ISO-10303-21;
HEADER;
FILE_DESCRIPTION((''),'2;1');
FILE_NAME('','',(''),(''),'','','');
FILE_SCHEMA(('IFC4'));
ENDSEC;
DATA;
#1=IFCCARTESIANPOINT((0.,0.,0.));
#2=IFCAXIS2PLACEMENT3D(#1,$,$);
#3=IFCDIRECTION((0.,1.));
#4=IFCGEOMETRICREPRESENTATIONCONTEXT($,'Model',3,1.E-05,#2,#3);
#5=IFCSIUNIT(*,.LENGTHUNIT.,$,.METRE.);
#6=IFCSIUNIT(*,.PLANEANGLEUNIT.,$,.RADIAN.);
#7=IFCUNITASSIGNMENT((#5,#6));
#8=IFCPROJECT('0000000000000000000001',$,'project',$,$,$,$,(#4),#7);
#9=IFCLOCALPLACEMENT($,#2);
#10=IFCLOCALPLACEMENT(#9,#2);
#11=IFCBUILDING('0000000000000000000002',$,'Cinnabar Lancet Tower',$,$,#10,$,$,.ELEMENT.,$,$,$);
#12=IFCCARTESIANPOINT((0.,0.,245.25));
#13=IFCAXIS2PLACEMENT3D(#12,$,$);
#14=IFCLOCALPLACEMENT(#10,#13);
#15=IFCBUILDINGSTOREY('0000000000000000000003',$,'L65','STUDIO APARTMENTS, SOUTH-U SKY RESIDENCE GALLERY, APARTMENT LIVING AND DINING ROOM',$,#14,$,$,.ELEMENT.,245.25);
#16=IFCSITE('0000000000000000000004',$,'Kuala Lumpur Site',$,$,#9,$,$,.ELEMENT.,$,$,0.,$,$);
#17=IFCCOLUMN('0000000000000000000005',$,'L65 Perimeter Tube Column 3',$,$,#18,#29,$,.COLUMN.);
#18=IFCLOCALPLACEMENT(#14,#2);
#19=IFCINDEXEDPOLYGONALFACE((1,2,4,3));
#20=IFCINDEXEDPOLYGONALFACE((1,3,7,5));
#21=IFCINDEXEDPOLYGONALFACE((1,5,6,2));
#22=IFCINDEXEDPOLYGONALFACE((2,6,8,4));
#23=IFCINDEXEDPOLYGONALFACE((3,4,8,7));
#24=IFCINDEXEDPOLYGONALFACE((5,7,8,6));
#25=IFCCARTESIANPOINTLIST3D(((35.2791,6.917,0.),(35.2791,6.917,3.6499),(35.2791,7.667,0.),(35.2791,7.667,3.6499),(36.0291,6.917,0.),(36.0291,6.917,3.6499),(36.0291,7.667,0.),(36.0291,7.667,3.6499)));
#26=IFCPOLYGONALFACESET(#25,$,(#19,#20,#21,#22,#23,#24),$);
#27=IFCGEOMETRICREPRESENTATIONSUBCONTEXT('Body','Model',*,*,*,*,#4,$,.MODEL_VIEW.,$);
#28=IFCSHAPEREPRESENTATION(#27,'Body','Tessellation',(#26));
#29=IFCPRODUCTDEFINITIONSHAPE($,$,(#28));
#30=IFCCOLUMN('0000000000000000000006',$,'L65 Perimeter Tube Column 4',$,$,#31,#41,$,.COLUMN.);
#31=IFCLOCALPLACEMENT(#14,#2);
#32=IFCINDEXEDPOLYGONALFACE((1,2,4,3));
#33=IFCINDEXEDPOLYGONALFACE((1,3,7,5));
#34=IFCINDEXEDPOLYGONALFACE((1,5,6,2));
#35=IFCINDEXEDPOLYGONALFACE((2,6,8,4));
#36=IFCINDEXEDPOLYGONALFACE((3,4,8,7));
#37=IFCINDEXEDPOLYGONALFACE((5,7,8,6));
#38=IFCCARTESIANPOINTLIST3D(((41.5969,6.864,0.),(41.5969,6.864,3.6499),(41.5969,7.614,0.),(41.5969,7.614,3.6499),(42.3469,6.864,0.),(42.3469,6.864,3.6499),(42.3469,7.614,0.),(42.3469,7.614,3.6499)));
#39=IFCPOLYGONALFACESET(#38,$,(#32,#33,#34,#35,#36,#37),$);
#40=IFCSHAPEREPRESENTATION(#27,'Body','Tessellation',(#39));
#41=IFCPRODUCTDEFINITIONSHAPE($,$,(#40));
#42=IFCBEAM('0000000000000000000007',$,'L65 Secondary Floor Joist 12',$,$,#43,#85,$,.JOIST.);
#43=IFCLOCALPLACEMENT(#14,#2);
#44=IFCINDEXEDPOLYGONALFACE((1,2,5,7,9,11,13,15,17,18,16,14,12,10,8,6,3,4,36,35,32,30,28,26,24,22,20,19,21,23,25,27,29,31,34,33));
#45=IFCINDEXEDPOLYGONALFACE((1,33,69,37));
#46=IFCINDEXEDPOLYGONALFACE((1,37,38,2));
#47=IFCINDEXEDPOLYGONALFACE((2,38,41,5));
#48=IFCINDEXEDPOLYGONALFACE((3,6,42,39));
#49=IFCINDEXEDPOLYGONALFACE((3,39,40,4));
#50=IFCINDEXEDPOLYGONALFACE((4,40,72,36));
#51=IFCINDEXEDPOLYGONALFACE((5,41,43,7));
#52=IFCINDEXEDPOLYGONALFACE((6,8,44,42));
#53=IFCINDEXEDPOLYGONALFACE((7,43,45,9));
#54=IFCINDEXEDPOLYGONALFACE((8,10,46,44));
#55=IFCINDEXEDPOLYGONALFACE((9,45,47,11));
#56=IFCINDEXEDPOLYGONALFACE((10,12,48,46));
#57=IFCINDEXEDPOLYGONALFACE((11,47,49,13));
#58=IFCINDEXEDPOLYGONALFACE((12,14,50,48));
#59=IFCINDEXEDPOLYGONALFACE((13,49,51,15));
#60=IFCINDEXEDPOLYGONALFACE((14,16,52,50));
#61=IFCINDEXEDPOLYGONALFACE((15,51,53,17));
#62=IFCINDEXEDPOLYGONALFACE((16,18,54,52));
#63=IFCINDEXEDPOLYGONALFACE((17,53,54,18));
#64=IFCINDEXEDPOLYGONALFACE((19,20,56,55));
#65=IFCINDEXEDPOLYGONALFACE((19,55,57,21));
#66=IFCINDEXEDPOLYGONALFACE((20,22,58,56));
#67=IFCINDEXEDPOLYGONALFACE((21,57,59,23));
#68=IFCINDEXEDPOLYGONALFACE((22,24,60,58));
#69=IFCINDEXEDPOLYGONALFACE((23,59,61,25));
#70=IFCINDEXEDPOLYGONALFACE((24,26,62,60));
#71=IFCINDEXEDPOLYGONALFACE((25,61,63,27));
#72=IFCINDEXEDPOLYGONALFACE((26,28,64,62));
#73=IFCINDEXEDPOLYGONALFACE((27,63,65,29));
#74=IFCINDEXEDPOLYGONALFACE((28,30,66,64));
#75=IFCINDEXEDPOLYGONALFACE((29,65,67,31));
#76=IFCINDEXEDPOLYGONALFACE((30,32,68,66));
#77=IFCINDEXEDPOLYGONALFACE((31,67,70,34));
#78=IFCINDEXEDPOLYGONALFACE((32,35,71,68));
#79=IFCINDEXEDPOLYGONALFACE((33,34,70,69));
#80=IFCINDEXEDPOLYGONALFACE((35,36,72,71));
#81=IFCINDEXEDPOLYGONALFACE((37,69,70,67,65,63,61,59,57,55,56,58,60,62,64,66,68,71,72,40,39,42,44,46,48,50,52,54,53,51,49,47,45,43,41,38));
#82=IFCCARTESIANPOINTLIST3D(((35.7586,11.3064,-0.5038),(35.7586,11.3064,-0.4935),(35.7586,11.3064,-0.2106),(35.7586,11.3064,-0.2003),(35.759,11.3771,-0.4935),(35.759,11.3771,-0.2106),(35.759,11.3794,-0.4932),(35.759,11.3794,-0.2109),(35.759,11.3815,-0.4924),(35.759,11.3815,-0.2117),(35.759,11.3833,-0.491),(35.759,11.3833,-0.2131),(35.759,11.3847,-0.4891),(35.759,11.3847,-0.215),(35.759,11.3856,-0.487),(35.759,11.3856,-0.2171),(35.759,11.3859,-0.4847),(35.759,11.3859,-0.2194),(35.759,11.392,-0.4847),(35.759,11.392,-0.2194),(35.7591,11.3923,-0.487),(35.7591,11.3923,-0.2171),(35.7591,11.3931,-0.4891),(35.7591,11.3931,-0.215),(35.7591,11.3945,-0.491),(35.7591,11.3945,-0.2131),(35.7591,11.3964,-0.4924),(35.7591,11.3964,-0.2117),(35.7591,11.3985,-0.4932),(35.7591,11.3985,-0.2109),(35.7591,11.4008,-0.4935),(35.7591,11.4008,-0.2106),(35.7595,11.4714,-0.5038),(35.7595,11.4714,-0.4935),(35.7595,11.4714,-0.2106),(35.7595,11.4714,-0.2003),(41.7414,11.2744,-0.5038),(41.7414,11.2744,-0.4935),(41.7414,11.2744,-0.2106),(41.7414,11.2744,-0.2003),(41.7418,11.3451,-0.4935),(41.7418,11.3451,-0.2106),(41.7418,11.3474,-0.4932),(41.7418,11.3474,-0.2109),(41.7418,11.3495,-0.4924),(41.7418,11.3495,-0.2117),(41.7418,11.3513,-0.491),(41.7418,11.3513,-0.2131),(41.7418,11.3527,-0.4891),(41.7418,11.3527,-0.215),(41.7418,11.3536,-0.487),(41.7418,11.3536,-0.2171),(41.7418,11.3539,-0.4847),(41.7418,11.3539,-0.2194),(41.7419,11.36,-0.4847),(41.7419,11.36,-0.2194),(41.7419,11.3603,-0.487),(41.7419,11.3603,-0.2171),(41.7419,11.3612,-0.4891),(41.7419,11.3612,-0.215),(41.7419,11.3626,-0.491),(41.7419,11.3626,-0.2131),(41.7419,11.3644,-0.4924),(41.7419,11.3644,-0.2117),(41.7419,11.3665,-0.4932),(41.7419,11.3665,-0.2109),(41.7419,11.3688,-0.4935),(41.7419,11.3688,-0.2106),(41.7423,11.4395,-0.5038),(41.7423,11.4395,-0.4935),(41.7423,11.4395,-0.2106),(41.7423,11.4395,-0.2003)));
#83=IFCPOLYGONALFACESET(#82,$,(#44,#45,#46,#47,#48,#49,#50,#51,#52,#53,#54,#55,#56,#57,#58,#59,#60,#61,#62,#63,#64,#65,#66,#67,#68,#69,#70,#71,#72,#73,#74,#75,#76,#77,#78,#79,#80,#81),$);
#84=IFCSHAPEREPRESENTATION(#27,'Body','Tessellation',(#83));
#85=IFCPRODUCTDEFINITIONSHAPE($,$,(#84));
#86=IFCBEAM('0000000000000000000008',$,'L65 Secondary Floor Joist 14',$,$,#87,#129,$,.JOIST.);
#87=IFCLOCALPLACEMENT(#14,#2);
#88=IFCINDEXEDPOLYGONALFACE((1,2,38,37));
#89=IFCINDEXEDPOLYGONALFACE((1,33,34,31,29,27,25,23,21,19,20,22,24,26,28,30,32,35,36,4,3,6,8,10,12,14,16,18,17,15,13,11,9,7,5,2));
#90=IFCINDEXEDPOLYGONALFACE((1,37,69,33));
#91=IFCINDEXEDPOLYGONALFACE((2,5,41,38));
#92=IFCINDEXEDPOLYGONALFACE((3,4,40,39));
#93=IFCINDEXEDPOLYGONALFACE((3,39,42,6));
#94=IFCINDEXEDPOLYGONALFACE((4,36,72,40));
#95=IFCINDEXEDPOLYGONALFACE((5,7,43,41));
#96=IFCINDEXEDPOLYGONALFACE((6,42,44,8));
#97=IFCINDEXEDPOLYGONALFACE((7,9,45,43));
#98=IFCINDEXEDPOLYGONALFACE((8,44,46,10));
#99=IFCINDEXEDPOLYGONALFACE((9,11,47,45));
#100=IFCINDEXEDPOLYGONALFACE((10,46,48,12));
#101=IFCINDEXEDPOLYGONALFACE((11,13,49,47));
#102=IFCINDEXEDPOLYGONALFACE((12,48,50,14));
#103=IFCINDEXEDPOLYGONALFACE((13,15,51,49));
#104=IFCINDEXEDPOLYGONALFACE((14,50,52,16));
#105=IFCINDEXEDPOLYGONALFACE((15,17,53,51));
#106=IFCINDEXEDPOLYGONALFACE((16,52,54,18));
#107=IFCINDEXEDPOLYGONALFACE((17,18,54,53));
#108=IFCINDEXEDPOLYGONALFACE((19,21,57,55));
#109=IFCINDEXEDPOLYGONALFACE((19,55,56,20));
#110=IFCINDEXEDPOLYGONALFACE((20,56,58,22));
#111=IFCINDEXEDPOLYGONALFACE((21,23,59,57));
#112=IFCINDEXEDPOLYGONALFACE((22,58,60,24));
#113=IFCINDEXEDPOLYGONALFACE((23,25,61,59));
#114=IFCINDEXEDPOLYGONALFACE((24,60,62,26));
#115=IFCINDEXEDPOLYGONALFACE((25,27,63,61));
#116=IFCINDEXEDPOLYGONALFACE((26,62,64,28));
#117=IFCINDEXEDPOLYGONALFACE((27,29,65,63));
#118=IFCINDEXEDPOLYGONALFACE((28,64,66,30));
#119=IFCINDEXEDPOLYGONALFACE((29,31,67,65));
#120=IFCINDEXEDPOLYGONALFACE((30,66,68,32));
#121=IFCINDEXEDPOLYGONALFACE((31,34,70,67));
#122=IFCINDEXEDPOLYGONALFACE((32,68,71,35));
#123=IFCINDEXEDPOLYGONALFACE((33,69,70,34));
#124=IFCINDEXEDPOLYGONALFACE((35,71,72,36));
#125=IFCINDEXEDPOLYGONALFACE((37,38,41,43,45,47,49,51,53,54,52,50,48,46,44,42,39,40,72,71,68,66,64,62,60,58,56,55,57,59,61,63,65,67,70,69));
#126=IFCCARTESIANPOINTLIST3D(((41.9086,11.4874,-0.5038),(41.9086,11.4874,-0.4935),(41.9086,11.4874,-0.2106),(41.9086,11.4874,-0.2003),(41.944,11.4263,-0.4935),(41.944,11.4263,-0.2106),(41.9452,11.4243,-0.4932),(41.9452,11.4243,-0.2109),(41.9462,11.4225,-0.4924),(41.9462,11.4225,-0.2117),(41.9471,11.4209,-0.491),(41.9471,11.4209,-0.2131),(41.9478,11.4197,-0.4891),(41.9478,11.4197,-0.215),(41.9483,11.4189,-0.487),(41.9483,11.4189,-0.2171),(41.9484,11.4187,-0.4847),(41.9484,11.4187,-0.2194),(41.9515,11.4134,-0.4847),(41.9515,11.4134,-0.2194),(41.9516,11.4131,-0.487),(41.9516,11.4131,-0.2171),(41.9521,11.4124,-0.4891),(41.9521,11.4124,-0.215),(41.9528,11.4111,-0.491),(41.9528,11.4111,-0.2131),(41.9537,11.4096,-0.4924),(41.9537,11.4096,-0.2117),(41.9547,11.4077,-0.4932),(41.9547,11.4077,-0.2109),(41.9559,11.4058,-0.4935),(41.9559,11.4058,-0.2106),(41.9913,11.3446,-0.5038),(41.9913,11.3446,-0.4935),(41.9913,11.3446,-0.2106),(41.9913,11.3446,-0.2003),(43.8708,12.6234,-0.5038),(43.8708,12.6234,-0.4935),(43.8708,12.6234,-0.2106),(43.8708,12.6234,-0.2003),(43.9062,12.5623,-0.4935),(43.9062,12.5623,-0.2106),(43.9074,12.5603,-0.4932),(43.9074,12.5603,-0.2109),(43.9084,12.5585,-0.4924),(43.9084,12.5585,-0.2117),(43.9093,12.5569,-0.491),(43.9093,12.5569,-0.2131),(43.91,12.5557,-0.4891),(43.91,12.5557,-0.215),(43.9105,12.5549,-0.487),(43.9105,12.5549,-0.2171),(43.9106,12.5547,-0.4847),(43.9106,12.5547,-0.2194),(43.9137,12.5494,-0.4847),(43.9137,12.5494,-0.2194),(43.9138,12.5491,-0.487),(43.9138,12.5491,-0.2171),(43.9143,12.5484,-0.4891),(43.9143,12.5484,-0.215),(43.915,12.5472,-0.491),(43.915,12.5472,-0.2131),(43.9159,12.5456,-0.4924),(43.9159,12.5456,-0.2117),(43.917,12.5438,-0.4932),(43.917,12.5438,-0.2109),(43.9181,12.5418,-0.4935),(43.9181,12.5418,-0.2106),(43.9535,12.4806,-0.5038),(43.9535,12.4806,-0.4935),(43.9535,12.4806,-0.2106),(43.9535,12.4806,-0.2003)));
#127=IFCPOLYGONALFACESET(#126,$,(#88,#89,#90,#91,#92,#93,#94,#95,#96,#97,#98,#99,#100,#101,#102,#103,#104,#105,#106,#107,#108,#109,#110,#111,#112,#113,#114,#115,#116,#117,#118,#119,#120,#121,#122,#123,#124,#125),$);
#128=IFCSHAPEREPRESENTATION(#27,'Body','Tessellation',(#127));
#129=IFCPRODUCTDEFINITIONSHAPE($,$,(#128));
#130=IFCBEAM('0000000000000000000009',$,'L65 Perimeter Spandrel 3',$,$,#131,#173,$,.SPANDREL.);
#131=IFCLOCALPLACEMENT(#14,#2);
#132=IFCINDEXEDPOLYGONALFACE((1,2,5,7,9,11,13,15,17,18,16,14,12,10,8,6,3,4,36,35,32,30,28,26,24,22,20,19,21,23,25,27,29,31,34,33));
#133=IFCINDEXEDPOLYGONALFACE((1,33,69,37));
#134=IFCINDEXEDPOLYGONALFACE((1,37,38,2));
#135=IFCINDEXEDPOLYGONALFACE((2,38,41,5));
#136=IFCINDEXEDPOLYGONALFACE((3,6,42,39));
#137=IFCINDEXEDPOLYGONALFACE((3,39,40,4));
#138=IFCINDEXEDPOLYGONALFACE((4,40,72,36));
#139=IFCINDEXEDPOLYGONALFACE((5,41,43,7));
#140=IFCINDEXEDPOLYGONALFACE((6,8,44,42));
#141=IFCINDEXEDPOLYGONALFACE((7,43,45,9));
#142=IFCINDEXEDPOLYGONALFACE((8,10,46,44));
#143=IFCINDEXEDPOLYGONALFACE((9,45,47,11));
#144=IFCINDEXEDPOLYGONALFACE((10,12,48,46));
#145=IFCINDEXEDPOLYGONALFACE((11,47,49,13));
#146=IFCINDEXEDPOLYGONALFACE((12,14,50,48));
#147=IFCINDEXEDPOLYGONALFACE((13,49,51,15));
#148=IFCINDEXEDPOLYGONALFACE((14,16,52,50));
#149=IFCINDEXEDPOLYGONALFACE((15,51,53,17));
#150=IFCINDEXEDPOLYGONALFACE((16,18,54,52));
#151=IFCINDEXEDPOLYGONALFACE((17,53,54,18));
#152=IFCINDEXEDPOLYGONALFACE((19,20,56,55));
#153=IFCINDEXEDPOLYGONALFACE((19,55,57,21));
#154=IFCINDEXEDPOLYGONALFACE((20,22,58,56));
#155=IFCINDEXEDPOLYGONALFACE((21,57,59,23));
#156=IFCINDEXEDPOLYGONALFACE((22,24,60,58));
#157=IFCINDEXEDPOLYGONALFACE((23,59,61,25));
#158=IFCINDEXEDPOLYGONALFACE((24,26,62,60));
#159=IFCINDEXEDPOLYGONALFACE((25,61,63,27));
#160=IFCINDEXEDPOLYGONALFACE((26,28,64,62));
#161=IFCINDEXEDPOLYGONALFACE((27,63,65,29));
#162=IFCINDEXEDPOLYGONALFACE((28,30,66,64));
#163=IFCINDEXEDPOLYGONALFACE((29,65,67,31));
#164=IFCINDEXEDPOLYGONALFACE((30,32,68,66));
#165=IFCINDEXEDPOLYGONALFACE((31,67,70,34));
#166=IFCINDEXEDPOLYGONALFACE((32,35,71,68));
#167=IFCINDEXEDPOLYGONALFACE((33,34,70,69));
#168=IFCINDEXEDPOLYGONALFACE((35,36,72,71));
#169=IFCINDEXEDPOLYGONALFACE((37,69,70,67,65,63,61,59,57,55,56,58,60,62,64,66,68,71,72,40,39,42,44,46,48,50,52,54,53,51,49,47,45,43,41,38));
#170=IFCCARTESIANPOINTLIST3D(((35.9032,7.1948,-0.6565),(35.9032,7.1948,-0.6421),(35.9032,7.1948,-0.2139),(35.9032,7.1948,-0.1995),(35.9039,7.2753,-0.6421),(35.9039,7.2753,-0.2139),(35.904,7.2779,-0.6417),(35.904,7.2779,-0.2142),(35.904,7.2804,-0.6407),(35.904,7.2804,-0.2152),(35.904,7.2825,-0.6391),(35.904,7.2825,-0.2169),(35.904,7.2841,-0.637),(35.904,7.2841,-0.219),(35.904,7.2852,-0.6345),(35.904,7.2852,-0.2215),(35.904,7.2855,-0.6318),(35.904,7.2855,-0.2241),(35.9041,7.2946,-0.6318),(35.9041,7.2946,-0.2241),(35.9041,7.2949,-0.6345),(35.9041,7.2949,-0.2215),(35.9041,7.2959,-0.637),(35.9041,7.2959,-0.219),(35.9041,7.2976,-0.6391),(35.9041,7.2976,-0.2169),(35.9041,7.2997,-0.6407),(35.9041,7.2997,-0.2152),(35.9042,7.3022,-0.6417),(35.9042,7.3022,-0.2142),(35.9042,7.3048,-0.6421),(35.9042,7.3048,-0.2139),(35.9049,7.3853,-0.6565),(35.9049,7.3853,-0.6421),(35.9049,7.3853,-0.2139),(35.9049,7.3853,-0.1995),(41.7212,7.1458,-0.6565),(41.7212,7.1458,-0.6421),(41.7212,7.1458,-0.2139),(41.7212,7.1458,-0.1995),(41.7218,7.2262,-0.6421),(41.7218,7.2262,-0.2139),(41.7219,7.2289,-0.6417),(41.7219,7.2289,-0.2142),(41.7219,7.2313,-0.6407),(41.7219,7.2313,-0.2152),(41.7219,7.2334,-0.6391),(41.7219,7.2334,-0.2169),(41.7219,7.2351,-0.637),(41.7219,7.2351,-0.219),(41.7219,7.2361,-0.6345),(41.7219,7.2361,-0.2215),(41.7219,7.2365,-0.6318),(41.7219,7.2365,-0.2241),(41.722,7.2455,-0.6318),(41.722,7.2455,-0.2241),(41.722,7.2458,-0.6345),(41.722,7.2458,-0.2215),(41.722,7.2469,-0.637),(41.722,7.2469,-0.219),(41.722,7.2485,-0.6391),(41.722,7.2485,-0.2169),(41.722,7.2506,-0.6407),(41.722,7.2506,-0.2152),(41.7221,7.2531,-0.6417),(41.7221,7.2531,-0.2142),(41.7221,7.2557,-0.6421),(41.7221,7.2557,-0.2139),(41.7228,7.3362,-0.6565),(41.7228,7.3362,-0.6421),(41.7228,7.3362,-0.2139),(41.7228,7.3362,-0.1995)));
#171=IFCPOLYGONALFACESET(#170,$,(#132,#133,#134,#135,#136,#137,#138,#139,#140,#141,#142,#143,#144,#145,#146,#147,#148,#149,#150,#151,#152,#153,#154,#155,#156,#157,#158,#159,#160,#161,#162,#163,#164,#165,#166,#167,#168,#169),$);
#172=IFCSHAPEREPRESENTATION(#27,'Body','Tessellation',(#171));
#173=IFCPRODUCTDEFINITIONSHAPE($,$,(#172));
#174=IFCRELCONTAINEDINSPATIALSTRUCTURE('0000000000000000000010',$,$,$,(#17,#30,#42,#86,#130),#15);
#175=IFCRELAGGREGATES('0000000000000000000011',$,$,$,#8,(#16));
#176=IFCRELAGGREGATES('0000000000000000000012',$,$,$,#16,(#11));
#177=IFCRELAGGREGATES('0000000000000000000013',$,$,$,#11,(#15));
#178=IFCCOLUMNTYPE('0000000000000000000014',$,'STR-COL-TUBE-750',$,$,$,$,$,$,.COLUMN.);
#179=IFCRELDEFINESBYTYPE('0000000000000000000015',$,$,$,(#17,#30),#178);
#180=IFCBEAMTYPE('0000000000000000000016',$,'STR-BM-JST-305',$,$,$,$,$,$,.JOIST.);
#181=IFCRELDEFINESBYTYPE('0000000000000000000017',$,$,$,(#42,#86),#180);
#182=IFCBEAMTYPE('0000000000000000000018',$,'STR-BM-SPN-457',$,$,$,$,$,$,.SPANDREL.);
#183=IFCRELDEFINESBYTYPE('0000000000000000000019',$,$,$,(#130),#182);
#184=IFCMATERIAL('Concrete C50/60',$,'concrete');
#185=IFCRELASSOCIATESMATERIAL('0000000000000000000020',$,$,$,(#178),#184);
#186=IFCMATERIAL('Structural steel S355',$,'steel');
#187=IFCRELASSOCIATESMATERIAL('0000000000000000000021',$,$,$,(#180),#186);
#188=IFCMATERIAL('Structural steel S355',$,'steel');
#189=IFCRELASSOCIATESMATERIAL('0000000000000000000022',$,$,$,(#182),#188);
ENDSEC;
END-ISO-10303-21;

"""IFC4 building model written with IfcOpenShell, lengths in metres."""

from ifc_helpers import new_model, si_unit, direction, frame, origin, origin_2d, place, context, subcontext, project, spatial, rectangle, i_section, extrude, material, material_profile, profile_set, type_object, element, save


model = new_model("IFC4")

# Units and contexts
model_context = context("Model", 3, precision=1e-05, world=origin(), true_north=direction((0.0, 1.0)))
body_context = subcontext(model_context, "Body", "Model", "MODEL_VIEW")
ifc_project = project(units=[si_unit("LENGTHUNIT", "METRE"), si_unit("PLANEANGLEUNIT", "RADIAN")], contexts=[model_context])

# Site, building, storey
site_placement = place(None, origin())
site = spatial("IfcSite", under=ifc_project, at=site_placement, Name="Kuala Lumpur Site", CompositionType="ELEMENT", RefElevation=0.0)
building_placement = place(site_placement, origin())
building = spatial("IfcBuilding", under=site, at=building_placement, Name="Cinnabar Lancet Tower", CompositionType="ELEMENT")
storey_placement = place(building_placement, frame((0.0, 0.0, 245.25)))
storey = spatial("IfcBuildingStorey", under=building, at=storey_placement, Name="L65", Description="STUDIO APARTMENTS, SOUTH-U SKY RESIDENCE GALLERY, APARTMENT LIVING AND DINING ROOM", CompositionType="ELEMENT", Elevation=245.25)

# Columns
ifc_material_1 = material(Name="Concrete C50/60", Category="concrete")
ifc_material_profile_1 = material_profile(ifc_material_1, rectangle(XDim=0.75, YDim=0.75, at=origin_2d()), Name="RC-COL 750x750")
ifc_profile_set_1 = profile_set([ifc_material_profile_1], Name="Concrete C50/60")
column_type = type_object("IfcColumnType", Name="STR-COL-TUBE-750", PredefinedType="COLUMN", material=ifc_profile_set_1)
for number, where, z_axis, x_axis, name in (
    (1, (35.6541, 7.292, 0.0), (0.0, 0.0, 1.0), (1.0, 0.0, 0.0), "L65 Perimeter Tube Column 3"),
    (2, (41.9719, 7.239, 0.0), (0.0, 0.0, 1.0), (1.0, 0.0, 0.0), "L65 Perimeter Tube Column 4"),
):
    element("IfcColumn", number, at=place(storey_placement, frame(where, z_axis=z_axis, x_axis=x_axis)), inside=storey, type_object=column_type, Name=name, PredefinedType="COLUMN", context=body_context, shape_type="SweptSolid", body=[
        extrude(rectangle(XDim=0.75, YDim=0.75, at=origin_2d()), origin(), (0.0, 0.0, 1.0), 3.6499),
    ])

# Beams
ifc_material_2 = material(Name="Structural steel S355", Category="steel")
ifc_material_profile_2 = material_profile(ifc_material_2, i_section(OverallWidth=0.165, OverallDepth=0.3035, WebThickness=0.0061, FlangeThickness=0.0103, FilletRadius=0.0088, at=origin_2d()), Name="UKB 305x165x40")
ifc_profile_set_2 = profile_set([ifc_material_profile_2], Name="Structural steel S355")
beam_type_1 = type_object("IfcBeamType", Name="STR-BM-JST-305", PredefinedType="JOIST", material=ifc_profile_set_2)
beam_1_placement = place(storey_placement, frame((35.759, 11.3889, -0.3521), z_axis=(0.999986, -0.005346, 0.0), x_axis=(0.005346, 0.999986, 0.0)))
element("IfcBeam", 3, at=beam_1_placement, inside=storey, type_object=beam_type_1, Name="L65 Secondary Floor Joist 12", PredefinedType="JOIST", context=body_context, shape_type="SweptSolid", body=[
    extrude(i_section(OverallWidth=0.165, OverallDepth=0.3035, WebThickness=0.0061, FlangeThickness=0.0103, FilletRadius=0.0088, at=origin_2d()), origin(), (0.0, 0.0, 1.0), 5.9829),
])
beam_2_placement = place(storey_placement, frame((41.95, 11.416, -0.3521), z_axis=(0.865426, 0.501036, 0.0), x_axis=(-0.501036, 0.865426, 0.0)))
element("IfcBeam", 4, at=beam_2_placement, inside=storey, type_object=beam_type_1, Name="L65 Secondary Floor Joist 14", PredefinedType="JOIST", context=body_context, shape_type="SweptSolid", body=[
    extrude(i_section(OverallWidth=0.165, OverallDepth=0.3035, WebThickness=0.0061, FlangeThickness=0.0103, FilletRadius=0.0088, at=origin_2d()), origin(), (0.0, 0.0, 1.0), 2.2673),
])
ifc_material_3 = material(Name="Structural steel S355", Category="steel")
ifc_material_profile_3 = material_profile(ifc_material_3, i_section(OverallWidth=0.1904, OverallDepth=0.457, WebThickness=0.009, FlangeThickness=0.0144, FilletRadius=0.0103, at=origin_2d()), Name="UKB 457x191x74")
ifc_profile_set_3 = profile_set([ifc_material_profile_3], Name="Structural steel S355")
beam_type_2 = type_object("IfcBeamType", Name="STR-BM-SPN-457", PredefinedType="SPANDREL", material=ifc_profile_set_3)
beam_3_placement = place(storey_placement, frame((35.9041, 7.29, -0.428), z_axis=(0.999964, -0.008434, 0.0), x_axis=(0.008434, 0.999964, 0.0)))
element("IfcBeam", 5, at=beam_3_placement, inside=storey, type_object=beam_type_2, Name="L65 Perimeter Spandrel 3", PredefinedType="SPANDREL", context=body_context, shape_type="SweptSolid", body=[
    extrude(i_section(OverallWidth=0.1904, OverallDepth=0.457, WebThickness=0.009, FlangeThickness=0.0144, FilletRadius=0.0103, at=origin_2d()), origin(), (0.0, 0.0, 1.0), 5.8181),
])

save(model, "model.ifc")
